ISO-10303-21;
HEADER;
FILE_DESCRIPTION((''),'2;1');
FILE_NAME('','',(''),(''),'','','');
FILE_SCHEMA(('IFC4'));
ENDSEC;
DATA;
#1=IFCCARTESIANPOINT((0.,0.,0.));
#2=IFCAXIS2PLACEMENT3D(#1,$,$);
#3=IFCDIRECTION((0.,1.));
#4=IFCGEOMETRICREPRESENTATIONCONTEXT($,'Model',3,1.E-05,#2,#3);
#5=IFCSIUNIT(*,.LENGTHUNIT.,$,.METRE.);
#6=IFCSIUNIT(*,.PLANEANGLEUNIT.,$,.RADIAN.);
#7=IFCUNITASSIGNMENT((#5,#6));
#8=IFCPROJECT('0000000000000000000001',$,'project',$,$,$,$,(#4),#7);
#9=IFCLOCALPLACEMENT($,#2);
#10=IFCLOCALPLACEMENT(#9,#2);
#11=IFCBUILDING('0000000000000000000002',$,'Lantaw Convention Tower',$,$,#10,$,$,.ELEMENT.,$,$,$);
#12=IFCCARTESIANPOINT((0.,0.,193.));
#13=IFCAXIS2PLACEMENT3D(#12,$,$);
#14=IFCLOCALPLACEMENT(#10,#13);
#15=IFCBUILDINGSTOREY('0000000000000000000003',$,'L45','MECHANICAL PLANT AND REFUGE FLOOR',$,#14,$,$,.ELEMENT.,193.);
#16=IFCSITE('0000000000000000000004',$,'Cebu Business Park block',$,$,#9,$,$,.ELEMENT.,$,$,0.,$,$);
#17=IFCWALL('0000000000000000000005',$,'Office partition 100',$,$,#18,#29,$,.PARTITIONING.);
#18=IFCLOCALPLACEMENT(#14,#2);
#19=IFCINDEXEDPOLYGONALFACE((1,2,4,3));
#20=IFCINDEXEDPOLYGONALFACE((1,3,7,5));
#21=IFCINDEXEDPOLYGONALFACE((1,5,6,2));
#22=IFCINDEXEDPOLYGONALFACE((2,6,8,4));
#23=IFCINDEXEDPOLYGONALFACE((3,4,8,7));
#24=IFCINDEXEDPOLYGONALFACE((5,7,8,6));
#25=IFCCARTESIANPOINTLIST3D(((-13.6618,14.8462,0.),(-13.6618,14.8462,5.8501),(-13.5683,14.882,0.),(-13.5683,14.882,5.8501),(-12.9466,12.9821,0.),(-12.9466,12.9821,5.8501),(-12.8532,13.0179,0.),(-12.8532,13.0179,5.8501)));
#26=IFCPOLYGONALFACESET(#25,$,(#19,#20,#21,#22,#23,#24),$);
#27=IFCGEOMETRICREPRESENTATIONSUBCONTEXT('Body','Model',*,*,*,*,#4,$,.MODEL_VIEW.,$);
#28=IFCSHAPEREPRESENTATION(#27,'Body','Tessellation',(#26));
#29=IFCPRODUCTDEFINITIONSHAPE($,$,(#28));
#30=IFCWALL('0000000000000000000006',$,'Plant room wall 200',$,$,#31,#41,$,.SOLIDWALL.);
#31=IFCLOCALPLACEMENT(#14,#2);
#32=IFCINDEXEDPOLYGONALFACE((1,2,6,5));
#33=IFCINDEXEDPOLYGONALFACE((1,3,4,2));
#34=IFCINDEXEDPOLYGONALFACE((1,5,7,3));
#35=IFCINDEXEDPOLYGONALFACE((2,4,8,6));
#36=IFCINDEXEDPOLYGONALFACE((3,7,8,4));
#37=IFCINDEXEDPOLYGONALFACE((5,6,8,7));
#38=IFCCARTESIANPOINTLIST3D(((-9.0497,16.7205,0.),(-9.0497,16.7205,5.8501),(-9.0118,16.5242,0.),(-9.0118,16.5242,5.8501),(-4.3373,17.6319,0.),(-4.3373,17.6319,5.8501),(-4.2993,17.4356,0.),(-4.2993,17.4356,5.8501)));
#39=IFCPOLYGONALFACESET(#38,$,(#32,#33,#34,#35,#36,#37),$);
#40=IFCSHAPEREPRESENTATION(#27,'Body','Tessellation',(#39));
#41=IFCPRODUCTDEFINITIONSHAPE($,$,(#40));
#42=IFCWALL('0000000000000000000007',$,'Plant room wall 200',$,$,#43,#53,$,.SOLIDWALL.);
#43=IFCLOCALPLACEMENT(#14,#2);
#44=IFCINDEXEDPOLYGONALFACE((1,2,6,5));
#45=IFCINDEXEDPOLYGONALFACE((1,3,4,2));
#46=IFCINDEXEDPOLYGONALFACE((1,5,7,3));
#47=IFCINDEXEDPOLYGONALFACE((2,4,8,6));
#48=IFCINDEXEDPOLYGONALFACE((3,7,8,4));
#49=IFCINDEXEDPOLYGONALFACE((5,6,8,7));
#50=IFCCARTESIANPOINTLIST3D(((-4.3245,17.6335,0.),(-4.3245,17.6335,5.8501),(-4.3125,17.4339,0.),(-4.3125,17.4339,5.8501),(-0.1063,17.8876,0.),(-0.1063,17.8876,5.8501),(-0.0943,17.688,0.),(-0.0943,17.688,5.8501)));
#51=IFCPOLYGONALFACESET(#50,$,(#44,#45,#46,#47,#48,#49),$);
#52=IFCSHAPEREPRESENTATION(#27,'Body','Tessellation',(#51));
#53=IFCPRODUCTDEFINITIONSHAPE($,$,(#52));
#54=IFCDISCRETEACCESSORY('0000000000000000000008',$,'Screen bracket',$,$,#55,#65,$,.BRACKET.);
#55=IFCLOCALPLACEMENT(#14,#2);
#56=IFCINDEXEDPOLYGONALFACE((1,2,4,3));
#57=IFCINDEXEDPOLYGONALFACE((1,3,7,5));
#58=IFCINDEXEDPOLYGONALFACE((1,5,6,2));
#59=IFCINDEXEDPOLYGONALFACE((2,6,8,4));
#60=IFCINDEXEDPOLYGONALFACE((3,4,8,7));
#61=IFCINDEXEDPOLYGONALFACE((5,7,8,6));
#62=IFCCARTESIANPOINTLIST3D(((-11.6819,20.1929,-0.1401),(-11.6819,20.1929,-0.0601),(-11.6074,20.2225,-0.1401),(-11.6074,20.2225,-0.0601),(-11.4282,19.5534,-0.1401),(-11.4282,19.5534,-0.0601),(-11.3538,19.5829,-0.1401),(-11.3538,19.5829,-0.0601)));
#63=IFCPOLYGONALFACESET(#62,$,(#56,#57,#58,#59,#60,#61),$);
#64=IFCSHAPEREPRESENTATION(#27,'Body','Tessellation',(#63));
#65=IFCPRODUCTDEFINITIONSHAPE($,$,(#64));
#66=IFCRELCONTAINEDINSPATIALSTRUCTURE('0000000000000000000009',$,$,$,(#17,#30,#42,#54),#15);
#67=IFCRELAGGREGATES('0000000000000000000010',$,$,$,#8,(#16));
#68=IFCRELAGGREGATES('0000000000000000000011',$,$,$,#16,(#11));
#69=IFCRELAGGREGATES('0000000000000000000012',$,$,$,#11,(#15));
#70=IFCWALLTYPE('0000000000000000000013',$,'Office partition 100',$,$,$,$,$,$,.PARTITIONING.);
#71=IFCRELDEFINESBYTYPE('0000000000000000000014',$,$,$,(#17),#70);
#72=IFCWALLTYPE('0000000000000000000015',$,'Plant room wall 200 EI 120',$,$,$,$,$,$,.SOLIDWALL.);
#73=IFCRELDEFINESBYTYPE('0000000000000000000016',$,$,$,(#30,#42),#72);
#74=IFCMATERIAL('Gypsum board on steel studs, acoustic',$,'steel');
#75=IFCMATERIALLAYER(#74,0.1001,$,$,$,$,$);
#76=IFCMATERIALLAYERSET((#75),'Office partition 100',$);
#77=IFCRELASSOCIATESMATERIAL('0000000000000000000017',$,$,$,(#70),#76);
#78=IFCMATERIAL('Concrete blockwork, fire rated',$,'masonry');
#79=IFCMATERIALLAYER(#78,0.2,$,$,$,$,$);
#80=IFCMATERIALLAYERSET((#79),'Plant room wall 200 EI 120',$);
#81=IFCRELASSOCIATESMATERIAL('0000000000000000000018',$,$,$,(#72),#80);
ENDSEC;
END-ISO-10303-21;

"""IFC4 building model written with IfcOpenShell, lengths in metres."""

from ifc_helpers import new_model, si_unit, direction, frame, frame_2d, origin, origin_2d, place, context, subcontext, project, spatial, rectangle, extrude, material, layer, layer_set, type_object, element, save


model = new_model("IFC4")

# Units and contexts
model_context = context("Model", 3, precision=1e-05, world=origin(), true_north=direction((0.0, 1.0)))
body_context = subcontext(model_context, "Body", "Model", "MODEL_VIEW")
ifc_project = project(units=[si_unit("LENGTHUNIT", "METRE"), si_unit("PLANEANGLEUNIT", "RADIAN")], contexts=[model_context])

# Site, building, storey
site_placement = place(None, origin())
site = spatial("IfcSite", under=ifc_project, at=site_placement, Name="Cebu Business Park block", CompositionType="ELEMENT", RefElevation=0.0)
building_placement = place(site_placement, origin())
building = spatial("IfcBuilding", under=site, at=building_placement, Name="Lantaw Convention Tower", CompositionType="ELEMENT")
storey_placement = place(building_placement, frame((0.0, 0.0, 193.0)))
storey = spatial("IfcBuildingStorey", under=building, at=storey_placement, Name="L45", Description="MECHANICAL PLANT AND REFUGE FLOOR", CompositionType="ELEMENT", Elevation=193.0)

# Walls
ifc_material_1 = material(Name="Gypsum board on steel studs, acoustic", Category="steel")
ifc_layer_1 = layer(ifc_material_1, 0.1001)
ifc_layer_set_1 = layer_set([ifc_layer_1], Name="Office partition 100")
wall_type_1 = type_object("IfcWallType", Name="Office partition 100", PredefinedType="PARTITIONING", material=ifc_layer_set_1)
wall_1_placement = place(storey_placement, frame((-12.8999, 13.0, 0.0), z_axis=(0.0, 0.0, 1.0), x_axis=(-0.358176, 0.933654, 0.0)))
element("IfcWall", 1, at=wall_1_placement, inside=storey, type_object=wall_type_1, Name="Office partition 100", PredefinedType="PARTITIONING", context=body_context, shape_type="SweptSolid", body=[
    extrude(rectangle(XDim=1.9966, YDim=0.1001, at=frame_2d((0.9983, 0.0))), origin(), (0.0, 0.0, 1.0), 5.8501),
])
ifc_material_2 = material(Name="Concrete blockwork, fire rated", Category="masonry")
ifc_layer_2 = layer(ifc_material_2, 0.2)
ifc_layer_set_2 = layer_set([ifc_layer_2], Name="Plant room wall 200 EI 120")
wall_type_2 = type_object("IfcWallType", Name="Plant room wall 200 EI 120", PredefinedType="SOLIDWALL", material=ifc_layer_set_2)
wall_2_placement = place(storey_placement, frame((-9.0308, 16.6223, 0.0), z_axis=(0.0, 0.0, 1.0), x_axis=(0.981807, 0.189881, 0.0)))
element("IfcWall", 2, at=wall_2_placement, inside=storey, type_object=wall_type_2, Name="Plant room wall 200", PredefinedType="SOLIDWALL", context=body_context, shape_type="SweptSolid", body=[
    extrude(rectangle(XDim=4.7998, YDim=0.2, at=frame_2d((2.3999, 0.0))), origin(), (0.0, 0.0, 1.0), 5.8501),
])
wall_3_placement = place(storey_placement, frame((-4.3184, 17.5337, 0.0), z_axis=(0.0, 0.0, 1.0), x_axis=(0.99819, 0.060141, 0.0)))
element("IfcWall", 3, at=wall_3_placement, inside=storey, type_object=wall_type_2, Name="Plant room wall 200", PredefinedType="SOLIDWALL", context=body_context, shape_type="SweptSolid", body=[
    extrude(rectangle(XDim=4.2258, YDim=0.2, at=frame_2d((2.1128, 0.0))), origin(), (0.0, 0.0, 1.0), 5.8501),
])

# Discrete accessory
discrete_accessory_placement = place(storey_placement, frame((-11.5178, 19.8879, -0.1401), z_axis=(0.0, 0.0, 1.0), x_axis=(-0.929548, -0.368702, 0.0)))
element("IfcDiscreteAccessory", 4, at=discrete_accessory_placement, inside=storey, Name="Screen bracket", PredefinedType="BRACKET", context=body_context, shape_type="SweptSolid", body=[
    extrude(rectangle(XDim=0.0801, YDim=0.688, at=origin_2d()), origin(), (0.0, 0.0, 1.0), 0.0801),
])

save(model, "model.ifc")
